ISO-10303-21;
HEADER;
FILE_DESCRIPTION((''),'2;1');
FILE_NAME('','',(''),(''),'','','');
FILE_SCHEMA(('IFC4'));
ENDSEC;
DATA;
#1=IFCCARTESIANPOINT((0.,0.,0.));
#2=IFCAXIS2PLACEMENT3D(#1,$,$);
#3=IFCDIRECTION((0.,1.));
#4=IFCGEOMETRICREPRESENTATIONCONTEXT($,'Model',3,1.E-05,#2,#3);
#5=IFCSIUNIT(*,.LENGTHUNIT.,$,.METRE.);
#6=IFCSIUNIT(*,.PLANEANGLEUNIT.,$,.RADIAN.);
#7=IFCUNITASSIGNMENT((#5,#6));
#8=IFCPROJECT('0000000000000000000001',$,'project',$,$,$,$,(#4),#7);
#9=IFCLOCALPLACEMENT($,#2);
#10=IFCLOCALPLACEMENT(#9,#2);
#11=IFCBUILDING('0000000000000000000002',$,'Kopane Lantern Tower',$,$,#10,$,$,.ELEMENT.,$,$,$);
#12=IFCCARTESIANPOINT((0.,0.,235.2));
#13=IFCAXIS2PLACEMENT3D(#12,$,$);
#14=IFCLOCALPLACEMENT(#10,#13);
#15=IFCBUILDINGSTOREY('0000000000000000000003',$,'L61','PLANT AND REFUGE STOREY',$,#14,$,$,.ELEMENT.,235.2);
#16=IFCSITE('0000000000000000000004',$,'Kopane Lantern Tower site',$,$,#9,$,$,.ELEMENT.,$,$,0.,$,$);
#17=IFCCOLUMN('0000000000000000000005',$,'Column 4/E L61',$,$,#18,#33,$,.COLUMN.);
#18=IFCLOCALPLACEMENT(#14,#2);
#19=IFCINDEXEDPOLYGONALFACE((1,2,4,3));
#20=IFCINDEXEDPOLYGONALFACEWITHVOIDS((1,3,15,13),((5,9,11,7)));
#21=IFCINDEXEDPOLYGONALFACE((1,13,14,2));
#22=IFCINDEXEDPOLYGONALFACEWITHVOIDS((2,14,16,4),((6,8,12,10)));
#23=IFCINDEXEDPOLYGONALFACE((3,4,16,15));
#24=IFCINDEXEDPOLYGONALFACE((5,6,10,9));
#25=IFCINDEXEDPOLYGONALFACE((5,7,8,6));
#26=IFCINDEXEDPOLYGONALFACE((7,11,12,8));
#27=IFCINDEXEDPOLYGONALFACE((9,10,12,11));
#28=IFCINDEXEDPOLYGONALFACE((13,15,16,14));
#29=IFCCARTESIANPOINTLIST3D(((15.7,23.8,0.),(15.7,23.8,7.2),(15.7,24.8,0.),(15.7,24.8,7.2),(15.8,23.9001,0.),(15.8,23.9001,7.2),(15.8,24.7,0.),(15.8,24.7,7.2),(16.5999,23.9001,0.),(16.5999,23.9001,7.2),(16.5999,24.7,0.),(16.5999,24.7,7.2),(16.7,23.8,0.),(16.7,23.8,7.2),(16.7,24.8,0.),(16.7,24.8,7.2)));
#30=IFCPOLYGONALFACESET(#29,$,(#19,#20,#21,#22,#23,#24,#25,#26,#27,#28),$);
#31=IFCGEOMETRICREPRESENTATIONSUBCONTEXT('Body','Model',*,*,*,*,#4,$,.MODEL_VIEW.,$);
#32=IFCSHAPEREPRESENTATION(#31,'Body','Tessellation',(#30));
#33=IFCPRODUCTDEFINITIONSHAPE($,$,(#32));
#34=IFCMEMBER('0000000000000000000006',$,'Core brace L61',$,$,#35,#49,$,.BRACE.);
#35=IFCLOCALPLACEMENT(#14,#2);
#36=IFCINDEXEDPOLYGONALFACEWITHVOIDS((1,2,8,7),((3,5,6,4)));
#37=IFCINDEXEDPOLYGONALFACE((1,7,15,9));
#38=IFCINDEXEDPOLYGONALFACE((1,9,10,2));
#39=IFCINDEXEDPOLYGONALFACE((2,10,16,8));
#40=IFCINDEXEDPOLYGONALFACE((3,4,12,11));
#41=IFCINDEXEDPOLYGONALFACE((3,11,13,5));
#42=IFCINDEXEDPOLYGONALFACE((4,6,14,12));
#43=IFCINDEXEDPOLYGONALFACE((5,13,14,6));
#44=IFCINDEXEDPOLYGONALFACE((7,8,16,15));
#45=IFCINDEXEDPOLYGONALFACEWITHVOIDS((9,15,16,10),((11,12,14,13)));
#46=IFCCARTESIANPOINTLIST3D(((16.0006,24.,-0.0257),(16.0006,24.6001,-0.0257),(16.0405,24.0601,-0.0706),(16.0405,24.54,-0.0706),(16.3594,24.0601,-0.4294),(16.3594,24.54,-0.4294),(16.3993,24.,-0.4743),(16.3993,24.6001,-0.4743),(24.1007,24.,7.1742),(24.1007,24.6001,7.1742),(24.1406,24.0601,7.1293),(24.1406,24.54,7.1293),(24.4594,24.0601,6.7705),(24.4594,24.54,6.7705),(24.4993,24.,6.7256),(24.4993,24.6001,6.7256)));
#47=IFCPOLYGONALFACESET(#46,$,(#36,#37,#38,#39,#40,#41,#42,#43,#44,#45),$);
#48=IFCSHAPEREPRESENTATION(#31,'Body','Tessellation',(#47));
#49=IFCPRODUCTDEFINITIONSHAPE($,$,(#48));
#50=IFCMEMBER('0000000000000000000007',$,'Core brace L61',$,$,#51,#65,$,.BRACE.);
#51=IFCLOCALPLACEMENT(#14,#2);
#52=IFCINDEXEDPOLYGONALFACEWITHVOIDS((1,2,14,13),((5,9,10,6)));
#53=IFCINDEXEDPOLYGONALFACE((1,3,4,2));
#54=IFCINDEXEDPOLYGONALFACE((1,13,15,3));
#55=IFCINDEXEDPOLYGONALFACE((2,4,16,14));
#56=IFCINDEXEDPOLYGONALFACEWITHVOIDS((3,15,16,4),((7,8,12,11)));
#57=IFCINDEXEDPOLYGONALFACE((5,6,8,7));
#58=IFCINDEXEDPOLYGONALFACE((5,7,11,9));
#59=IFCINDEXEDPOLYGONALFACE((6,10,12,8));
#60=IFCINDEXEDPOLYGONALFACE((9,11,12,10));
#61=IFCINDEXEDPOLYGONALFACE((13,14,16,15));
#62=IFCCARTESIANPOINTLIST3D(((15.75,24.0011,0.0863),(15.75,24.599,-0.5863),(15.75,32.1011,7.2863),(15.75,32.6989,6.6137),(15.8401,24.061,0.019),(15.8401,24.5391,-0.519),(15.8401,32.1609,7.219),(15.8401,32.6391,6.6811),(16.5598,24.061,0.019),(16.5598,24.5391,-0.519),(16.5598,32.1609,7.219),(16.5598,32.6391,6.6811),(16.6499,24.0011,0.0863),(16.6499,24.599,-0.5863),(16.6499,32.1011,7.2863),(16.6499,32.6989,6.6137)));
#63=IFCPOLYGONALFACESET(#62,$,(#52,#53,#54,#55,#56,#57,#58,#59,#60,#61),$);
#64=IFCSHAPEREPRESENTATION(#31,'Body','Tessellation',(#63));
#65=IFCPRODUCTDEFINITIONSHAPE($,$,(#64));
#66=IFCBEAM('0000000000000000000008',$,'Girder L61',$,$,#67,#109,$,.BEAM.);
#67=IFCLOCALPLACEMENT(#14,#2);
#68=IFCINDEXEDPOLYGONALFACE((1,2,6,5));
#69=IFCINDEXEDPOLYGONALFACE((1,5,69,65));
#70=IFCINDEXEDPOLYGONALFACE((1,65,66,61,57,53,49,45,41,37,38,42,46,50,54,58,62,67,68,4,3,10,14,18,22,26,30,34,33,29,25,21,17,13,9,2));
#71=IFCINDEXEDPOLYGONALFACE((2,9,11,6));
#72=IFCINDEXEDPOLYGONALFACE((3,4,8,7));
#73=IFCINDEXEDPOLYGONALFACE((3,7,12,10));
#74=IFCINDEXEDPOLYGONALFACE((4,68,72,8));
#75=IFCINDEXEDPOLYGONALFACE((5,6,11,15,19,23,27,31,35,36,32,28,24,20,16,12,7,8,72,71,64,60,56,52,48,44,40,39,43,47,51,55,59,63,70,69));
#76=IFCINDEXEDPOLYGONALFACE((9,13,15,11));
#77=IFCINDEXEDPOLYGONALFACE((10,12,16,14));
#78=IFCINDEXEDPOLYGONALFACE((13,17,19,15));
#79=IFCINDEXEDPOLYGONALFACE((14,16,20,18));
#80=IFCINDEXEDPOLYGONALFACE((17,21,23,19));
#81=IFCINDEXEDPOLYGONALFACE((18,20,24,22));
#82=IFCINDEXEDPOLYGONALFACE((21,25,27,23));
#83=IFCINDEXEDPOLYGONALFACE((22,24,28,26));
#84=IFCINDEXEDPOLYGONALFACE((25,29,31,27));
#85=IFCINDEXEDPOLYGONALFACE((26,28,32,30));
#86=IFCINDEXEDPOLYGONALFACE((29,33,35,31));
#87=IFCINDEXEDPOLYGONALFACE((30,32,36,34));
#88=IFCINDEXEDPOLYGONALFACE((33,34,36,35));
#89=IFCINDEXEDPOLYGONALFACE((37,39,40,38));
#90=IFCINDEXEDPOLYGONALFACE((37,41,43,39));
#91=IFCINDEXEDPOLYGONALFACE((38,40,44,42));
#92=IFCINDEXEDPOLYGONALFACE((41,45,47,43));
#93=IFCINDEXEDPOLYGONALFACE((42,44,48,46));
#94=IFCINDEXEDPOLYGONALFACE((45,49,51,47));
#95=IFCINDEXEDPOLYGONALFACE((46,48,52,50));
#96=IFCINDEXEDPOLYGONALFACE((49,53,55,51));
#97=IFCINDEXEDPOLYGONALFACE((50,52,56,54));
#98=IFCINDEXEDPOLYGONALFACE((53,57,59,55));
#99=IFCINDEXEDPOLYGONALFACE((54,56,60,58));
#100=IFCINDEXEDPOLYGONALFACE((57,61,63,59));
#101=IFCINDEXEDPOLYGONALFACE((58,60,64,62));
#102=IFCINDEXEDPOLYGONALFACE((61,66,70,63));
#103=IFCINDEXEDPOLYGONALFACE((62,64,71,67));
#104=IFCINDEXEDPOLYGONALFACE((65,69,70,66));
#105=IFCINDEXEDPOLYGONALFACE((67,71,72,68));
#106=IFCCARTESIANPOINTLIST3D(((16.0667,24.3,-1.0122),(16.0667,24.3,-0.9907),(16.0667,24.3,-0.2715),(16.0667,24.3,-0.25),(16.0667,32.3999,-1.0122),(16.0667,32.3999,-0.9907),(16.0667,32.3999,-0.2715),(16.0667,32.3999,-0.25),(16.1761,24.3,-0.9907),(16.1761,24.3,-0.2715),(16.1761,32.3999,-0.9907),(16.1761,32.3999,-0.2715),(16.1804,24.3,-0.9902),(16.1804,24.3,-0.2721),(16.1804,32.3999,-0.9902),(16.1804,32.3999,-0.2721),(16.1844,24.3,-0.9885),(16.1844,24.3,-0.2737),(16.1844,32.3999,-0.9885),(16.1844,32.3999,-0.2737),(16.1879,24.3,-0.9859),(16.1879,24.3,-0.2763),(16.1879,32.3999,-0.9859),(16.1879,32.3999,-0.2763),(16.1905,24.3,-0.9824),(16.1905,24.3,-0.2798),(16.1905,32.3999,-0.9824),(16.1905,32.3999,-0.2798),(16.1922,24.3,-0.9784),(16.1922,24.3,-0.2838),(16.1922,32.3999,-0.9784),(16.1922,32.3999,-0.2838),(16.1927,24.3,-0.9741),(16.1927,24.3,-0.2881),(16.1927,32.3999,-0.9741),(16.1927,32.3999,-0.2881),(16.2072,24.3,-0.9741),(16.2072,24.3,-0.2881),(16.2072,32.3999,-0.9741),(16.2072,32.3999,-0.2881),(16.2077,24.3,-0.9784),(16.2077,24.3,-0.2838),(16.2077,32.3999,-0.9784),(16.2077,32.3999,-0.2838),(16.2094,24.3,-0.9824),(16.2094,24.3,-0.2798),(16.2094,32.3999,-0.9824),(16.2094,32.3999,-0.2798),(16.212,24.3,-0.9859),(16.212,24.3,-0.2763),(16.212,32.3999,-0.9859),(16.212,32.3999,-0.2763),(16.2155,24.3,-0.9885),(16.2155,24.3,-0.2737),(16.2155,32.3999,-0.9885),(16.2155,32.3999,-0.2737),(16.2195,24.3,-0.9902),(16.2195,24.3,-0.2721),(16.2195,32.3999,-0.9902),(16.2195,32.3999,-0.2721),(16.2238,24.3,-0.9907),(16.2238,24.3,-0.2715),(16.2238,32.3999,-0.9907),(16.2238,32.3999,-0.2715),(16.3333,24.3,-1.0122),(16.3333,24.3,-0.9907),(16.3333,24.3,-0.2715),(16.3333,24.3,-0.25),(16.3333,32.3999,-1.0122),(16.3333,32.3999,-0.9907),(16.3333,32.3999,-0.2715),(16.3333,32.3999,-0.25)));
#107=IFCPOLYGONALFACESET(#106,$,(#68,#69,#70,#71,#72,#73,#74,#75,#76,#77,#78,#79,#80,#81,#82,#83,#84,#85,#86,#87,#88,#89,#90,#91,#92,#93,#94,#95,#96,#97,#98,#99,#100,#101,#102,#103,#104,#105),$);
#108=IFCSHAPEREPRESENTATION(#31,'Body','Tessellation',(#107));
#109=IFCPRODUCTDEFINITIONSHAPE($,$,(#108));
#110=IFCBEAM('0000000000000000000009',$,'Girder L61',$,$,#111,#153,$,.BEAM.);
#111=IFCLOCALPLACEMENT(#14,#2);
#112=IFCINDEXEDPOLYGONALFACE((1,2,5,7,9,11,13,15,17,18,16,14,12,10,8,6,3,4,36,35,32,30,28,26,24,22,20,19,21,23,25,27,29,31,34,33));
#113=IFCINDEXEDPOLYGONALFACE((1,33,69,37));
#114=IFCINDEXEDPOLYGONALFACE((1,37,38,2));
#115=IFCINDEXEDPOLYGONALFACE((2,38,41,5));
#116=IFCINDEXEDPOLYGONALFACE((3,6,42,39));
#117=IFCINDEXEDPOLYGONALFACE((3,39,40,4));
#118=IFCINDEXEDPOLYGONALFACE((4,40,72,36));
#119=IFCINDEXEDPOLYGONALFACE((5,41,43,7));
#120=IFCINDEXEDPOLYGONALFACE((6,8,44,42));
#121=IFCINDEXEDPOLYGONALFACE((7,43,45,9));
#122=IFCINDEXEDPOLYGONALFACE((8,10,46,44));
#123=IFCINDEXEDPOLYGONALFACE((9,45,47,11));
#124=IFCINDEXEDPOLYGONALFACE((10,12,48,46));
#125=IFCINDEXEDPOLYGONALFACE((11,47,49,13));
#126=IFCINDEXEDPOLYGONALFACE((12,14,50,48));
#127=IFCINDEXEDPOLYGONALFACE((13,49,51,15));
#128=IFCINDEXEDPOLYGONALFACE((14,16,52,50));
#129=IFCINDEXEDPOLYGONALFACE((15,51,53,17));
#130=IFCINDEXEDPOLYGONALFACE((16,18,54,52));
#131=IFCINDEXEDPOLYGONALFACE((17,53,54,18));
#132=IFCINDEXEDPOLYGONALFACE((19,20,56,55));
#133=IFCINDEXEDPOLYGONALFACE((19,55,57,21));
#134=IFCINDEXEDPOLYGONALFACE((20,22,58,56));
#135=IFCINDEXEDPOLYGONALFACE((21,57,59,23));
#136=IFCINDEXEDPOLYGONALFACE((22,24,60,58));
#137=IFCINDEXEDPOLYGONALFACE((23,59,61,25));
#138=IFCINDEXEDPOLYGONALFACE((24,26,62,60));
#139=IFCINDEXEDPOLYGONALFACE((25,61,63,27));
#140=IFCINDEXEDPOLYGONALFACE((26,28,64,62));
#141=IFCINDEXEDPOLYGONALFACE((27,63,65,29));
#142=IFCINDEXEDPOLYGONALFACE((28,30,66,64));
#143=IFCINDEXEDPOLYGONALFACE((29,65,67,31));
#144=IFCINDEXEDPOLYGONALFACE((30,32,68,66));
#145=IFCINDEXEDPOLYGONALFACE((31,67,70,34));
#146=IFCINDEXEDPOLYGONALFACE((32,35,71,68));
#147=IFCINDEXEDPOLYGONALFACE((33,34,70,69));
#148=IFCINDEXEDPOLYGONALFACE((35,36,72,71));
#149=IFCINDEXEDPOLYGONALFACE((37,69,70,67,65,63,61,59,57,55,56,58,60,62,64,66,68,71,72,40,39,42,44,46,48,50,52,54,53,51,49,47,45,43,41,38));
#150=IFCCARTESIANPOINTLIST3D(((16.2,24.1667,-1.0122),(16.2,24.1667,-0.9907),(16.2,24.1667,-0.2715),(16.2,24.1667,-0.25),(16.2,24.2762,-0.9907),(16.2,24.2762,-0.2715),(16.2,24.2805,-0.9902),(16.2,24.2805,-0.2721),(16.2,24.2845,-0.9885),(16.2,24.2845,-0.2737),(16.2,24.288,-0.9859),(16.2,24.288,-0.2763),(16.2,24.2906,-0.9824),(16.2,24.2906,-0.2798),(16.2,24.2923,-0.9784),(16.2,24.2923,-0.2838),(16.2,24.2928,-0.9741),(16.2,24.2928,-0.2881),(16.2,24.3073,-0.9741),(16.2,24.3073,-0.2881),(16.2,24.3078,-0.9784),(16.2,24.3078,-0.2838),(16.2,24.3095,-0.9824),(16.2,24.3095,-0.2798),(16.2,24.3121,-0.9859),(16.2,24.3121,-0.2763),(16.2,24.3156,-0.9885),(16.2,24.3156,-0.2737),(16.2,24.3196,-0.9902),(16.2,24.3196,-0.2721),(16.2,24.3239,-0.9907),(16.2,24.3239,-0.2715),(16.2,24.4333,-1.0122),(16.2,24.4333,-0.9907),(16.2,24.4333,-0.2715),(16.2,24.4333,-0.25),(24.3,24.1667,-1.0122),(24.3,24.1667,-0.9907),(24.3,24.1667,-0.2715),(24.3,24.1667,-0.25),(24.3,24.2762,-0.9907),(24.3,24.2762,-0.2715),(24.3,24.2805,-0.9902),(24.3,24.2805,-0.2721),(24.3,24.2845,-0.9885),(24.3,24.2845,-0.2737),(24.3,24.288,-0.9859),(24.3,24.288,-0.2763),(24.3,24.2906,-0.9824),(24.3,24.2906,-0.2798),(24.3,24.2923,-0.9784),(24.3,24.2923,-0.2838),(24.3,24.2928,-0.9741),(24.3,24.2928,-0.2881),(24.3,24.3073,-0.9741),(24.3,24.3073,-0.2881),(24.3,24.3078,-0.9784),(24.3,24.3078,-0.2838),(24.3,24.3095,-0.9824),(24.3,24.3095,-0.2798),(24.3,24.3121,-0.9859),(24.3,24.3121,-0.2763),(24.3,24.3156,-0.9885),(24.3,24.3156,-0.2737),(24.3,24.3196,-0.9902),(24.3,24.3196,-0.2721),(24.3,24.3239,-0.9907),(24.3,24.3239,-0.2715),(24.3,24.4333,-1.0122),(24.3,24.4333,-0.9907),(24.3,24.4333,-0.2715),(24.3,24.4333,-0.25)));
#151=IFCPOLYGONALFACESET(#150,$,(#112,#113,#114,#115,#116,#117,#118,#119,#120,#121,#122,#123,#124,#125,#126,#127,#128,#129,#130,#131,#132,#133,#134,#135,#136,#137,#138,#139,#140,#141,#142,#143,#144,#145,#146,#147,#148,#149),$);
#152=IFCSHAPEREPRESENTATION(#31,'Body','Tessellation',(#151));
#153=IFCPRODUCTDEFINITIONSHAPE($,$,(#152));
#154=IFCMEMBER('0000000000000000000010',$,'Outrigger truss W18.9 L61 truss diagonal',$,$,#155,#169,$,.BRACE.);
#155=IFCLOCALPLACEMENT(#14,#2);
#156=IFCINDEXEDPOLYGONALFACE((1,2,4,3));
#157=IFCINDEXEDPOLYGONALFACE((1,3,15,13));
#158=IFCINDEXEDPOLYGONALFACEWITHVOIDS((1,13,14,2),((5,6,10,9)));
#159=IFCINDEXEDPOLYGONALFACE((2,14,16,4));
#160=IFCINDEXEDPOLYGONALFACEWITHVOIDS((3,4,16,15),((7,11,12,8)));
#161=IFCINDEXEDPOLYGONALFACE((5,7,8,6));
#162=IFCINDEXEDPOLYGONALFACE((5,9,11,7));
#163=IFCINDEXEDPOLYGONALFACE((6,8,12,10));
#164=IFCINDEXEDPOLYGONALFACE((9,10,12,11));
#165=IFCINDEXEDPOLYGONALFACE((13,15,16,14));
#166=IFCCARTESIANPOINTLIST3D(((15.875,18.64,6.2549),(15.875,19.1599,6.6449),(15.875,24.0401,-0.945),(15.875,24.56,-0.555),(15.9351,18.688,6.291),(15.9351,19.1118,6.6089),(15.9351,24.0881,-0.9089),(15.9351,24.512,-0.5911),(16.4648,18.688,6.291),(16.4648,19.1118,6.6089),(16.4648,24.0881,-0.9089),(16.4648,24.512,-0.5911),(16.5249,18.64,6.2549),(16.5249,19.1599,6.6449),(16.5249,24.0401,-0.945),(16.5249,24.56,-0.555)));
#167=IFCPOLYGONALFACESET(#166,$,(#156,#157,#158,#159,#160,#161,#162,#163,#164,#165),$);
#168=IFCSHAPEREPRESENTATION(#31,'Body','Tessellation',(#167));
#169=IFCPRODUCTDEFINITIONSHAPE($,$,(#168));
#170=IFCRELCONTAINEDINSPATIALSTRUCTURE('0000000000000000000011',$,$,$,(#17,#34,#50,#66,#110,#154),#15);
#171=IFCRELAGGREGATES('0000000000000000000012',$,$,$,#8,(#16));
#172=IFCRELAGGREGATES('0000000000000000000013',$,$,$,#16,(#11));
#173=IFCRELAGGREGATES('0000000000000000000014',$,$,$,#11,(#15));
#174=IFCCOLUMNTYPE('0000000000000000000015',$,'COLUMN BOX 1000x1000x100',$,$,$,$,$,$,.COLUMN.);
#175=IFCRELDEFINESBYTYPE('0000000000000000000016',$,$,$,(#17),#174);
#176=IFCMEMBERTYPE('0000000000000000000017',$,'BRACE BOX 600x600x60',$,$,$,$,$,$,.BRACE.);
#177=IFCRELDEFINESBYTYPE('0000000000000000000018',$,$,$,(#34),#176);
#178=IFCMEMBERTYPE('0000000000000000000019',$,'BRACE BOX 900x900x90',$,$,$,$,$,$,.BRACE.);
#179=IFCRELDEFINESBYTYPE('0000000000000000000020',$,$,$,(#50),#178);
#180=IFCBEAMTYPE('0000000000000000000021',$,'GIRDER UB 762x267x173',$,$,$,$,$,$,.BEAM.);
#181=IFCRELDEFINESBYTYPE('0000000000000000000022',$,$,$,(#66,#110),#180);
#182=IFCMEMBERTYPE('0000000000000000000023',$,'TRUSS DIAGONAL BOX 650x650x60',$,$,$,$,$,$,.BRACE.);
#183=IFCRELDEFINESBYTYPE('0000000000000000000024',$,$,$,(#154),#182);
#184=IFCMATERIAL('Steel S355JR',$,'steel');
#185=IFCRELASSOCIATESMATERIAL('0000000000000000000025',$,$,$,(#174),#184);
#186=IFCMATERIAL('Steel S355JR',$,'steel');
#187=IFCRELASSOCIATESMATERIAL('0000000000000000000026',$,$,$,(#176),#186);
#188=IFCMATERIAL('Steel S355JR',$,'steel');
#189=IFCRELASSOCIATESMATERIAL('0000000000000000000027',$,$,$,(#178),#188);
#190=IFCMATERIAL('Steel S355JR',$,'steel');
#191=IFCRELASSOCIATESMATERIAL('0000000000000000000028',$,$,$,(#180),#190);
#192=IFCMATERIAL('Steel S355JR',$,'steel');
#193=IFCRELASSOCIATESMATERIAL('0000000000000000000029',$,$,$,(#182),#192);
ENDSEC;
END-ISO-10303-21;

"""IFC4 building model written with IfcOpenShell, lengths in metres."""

from ifc_helpers import new_model, si_unit, direction, frame, origin, origin_2d, place, context, subcontext, project, spatial, hollow_rectangle, i_section, extrude, material, material_profile, profile_set, type_object, element, save


model = new_model("IFC4")

# Units and contexts
model_context = context("Model", 3, precision=1e-05, world=origin(), true_north=direction((0.0, 1.0)))
body_context = subcontext(model_context, "Body", "Model", "MODEL_VIEW")
ifc_project = project(units=[si_unit("LENGTHUNIT", "METRE"), si_unit("PLANEANGLEUNIT", "RADIAN")], contexts=[model_context])

# Site, building, storey
site_placement = place(None, origin())
site = spatial("IfcSite", under=ifc_project, at=site_placement, Name="Kopane Lantern Tower site", CompositionType="ELEMENT", RefElevation=0.0)
building_placement = place(site_placement, origin())
building = spatial("IfcBuilding", under=site, at=building_placement, Name="Kopane Lantern Tower", CompositionType="ELEMENT")
storey_placement = place(building_placement, frame((0.0, 0.0, 235.2)))
storey = spatial("IfcBuildingStorey", under=building, at=storey_placement, Name="L61", Description="PLANT AND REFUGE STOREY", CompositionType="ELEMENT", Elevation=235.2)

# Column
ifc_material_1 = material(Name="Steel S355JR", Category="steel")
ifc_material_profile_1 = material_profile(ifc_material_1, hollow_rectangle(XDim=1.0, YDim=1.0, WallThickness=0.1001, at=origin_2d()), Name="BOX 1000x1000x100")
ifc_profile_set_1 = profile_set([ifc_material_profile_1], Name="Steel S355JR")
column_type = type_object("IfcColumnType", Name="COLUMN BOX 1000x1000x100", PredefinedType="COLUMN", material=ifc_profile_set_1)
column_placement = place(storey_placement, frame((16.2, 24.3, 0.0), z_axis=(0.0, 0.0, 1.0), x_axis=(1.0, 0.0, 0.0)))
element("IfcColumn", 1, at=column_placement, inside=storey, type_object=column_type, Name="Column 4/E L61", PredefinedType="COLUMN", context=body_context, shape_type="SweptSolid", body=[
    extrude(hollow_rectangle(XDim=1.0, YDim=1.0, WallThickness=0.1001, at=origin_2d()), origin(), (0.0, 0.0, 1.0), 7.2),
])

# Members
ifc_material_2 = material(Name="Steel S355JR", Category="steel")
ifc_material_profile_2 = material_profile(ifc_material_2, hollow_rectangle(XDim=0.6001, YDim=0.6001, WallThickness=0.0601, at=origin_2d()), Name="BOX 600x600x60")
ifc_profile_set_2 = profile_set([ifc_material_profile_2], Name="Steel S355JR")
member_type_1 = type_object("IfcMemberType", Name="BRACE BOX 600x600x60", PredefinedType="BRACE", material=ifc_profile_set_2)
member_1_placement = place(storey_placement, frame((16.2, 24.3, -0.25), z_axis=(0.747416, 0.0, 0.664357), x_axis=(0.0, 1.0, 0.0)))
element("IfcMember", 2, at=member_1_placement, inside=storey, type_object=member_type_1, Name="Core brace L61", PredefinedType="BRACE", context=body_context, shape_type="SweptSolid", body=[
    extrude(hollow_rectangle(XDim=0.6001, YDim=0.6001, WallThickness=0.0601, at=origin_2d()), origin(), (0.0, 0.0, 1.0), 10.8374),
])
ifc_material_3 = material(Name="Steel S355JR", Category="steel")
ifc_material_profile_3 = material_profile(ifc_material_3, hollow_rectangle(XDim=0.8999, YDim=0.8999, WallThickness=0.0901, at=origin_2d()), Name="BOX 900x900x90")
ifc_profile_set_3 = profile_set([ifc_material_profile_3], Name="Steel S355JR")
member_type_2 = type_object("IfcMemberType", Name="BRACE BOX 900x900x90", PredefinedType="BRACE", material=ifc_profile_set_3)
member_2_placement = place(storey_placement, frame((16.2, 24.3, -0.25), z_axis=(0.0, 0.747406, 0.664368), x_axis=(-1.0, 0.0, 0.0)))
element("IfcMember", 3, at=member_2_placement, inside=storey, type_object=member_type_2, Name="Core brace L61", PredefinedType="BRACE", context=body_context, shape_type="SweptSolid", body=[
    extrude(hollow_rectangle(XDim=0.8999, YDim=0.8999, WallThickness=0.0901, at=origin_2d()), origin(), (0.0, 0.0, 1.0), 10.8374),
])

# Beams
ifc_material_4 = material(Name="Steel S355JR", Category="steel")
ifc_material_profile_4 = material_profile(ifc_material_4, i_section(OverallWidth=0.2666, OverallDepth=0.7622, WebThickness=0.0144, FlangeThickness=0.0215, FilletRadius=0.0166, at=origin_2d()), Name="UB 762x267x173")
ifc_profile_set_4 = profile_set([ifc_material_profile_4], Name="Steel S355JR")
beam_type = type_object("IfcBeamType", Name="GIRDER UB 762x267x173", PredefinedType="BEAM", material=ifc_profile_set_4)
beam_1_placement = place(storey_placement, frame((16.2, 24.3, -0.6311), z_axis=(0.0, 1.0, 0.0), x_axis=(-1.0, 0.0, 0.0)))
element("IfcBeam", 4, at=beam_1_placement, inside=storey, type_object=beam_type, Name="Girder L61", PredefinedType="BEAM", context=body_context, shape_type="SweptSolid", body=[
    extrude(i_section(OverallWidth=0.2666, OverallDepth=0.7622, WebThickness=0.0144, FlangeThickness=0.0215, FilletRadius=0.0166, at=origin_2d()), origin(), (0.0, 0.0, 1.0), 8.0999),
])
beam_2_placement = place(storey_placement, frame((16.2, 24.3, -0.6311), z_axis=(1.0, 0.0, 0.0), x_axis=(0.0, 1.0, 0.0)))
element("IfcBeam", 5, at=beam_2_placement, inside=storey, type_object=beam_type, Name="Girder L61", PredefinedType="BEAM", context=body_context, shape_type="SweptSolid", body=[
    extrude(i_section(OverallWidth=0.2666, OverallDepth=0.7622, WebThickness=0.0144, FlangeThickness=0.0215, FilletRadius=0.0166, at=origin_2d()), origin(), (0.0, 0.0, 1.0), 8.1001),
])

# Member
ifc_material_5 = material(Name="Steel S355JR", Category="steel")
ifc_material_profile_5 = material_profile(ifc_material_5, hollow_rectangle(XDim=0.6499, YDim=0.6499, WallThickness=0.0601, at=origin_2d()), Name="BOX 650x650x60")
ifc_profile_set_5 = profile_set([ifc_material_profile_5], Name="Steel S355JR")
member_type_3 = type_object("IfcMemberType", Name="TRUSS DIAGONAL BOX 650x650x60", PredefinedType="BRACE", material=ifc_profile_set_5)
member_3_placement = place(storey_placement, frame((16.2, 24.3, -0.75), z_axis=(0.0, -0.600013, 0.79999), x_axis=(1.0, 0.0, 0.0)))
element("IfcMember", 6, at=member_3_placement, inside=storey, type_object=member_type_3, Name="Outrigger truss W18.9 L61 truss diagonal", PredefinedType="BRACE", context=body_context, shape_type="SweptSolid", body=[
    extrude(hollow_rectangle(XDim=0.6499, YDim=0.6499, WallThickness=0.0601, at=origin_2d()), origin(), (0.0, 0.0, 1.0), 9.0),
])

save(model, "model.ifc")
